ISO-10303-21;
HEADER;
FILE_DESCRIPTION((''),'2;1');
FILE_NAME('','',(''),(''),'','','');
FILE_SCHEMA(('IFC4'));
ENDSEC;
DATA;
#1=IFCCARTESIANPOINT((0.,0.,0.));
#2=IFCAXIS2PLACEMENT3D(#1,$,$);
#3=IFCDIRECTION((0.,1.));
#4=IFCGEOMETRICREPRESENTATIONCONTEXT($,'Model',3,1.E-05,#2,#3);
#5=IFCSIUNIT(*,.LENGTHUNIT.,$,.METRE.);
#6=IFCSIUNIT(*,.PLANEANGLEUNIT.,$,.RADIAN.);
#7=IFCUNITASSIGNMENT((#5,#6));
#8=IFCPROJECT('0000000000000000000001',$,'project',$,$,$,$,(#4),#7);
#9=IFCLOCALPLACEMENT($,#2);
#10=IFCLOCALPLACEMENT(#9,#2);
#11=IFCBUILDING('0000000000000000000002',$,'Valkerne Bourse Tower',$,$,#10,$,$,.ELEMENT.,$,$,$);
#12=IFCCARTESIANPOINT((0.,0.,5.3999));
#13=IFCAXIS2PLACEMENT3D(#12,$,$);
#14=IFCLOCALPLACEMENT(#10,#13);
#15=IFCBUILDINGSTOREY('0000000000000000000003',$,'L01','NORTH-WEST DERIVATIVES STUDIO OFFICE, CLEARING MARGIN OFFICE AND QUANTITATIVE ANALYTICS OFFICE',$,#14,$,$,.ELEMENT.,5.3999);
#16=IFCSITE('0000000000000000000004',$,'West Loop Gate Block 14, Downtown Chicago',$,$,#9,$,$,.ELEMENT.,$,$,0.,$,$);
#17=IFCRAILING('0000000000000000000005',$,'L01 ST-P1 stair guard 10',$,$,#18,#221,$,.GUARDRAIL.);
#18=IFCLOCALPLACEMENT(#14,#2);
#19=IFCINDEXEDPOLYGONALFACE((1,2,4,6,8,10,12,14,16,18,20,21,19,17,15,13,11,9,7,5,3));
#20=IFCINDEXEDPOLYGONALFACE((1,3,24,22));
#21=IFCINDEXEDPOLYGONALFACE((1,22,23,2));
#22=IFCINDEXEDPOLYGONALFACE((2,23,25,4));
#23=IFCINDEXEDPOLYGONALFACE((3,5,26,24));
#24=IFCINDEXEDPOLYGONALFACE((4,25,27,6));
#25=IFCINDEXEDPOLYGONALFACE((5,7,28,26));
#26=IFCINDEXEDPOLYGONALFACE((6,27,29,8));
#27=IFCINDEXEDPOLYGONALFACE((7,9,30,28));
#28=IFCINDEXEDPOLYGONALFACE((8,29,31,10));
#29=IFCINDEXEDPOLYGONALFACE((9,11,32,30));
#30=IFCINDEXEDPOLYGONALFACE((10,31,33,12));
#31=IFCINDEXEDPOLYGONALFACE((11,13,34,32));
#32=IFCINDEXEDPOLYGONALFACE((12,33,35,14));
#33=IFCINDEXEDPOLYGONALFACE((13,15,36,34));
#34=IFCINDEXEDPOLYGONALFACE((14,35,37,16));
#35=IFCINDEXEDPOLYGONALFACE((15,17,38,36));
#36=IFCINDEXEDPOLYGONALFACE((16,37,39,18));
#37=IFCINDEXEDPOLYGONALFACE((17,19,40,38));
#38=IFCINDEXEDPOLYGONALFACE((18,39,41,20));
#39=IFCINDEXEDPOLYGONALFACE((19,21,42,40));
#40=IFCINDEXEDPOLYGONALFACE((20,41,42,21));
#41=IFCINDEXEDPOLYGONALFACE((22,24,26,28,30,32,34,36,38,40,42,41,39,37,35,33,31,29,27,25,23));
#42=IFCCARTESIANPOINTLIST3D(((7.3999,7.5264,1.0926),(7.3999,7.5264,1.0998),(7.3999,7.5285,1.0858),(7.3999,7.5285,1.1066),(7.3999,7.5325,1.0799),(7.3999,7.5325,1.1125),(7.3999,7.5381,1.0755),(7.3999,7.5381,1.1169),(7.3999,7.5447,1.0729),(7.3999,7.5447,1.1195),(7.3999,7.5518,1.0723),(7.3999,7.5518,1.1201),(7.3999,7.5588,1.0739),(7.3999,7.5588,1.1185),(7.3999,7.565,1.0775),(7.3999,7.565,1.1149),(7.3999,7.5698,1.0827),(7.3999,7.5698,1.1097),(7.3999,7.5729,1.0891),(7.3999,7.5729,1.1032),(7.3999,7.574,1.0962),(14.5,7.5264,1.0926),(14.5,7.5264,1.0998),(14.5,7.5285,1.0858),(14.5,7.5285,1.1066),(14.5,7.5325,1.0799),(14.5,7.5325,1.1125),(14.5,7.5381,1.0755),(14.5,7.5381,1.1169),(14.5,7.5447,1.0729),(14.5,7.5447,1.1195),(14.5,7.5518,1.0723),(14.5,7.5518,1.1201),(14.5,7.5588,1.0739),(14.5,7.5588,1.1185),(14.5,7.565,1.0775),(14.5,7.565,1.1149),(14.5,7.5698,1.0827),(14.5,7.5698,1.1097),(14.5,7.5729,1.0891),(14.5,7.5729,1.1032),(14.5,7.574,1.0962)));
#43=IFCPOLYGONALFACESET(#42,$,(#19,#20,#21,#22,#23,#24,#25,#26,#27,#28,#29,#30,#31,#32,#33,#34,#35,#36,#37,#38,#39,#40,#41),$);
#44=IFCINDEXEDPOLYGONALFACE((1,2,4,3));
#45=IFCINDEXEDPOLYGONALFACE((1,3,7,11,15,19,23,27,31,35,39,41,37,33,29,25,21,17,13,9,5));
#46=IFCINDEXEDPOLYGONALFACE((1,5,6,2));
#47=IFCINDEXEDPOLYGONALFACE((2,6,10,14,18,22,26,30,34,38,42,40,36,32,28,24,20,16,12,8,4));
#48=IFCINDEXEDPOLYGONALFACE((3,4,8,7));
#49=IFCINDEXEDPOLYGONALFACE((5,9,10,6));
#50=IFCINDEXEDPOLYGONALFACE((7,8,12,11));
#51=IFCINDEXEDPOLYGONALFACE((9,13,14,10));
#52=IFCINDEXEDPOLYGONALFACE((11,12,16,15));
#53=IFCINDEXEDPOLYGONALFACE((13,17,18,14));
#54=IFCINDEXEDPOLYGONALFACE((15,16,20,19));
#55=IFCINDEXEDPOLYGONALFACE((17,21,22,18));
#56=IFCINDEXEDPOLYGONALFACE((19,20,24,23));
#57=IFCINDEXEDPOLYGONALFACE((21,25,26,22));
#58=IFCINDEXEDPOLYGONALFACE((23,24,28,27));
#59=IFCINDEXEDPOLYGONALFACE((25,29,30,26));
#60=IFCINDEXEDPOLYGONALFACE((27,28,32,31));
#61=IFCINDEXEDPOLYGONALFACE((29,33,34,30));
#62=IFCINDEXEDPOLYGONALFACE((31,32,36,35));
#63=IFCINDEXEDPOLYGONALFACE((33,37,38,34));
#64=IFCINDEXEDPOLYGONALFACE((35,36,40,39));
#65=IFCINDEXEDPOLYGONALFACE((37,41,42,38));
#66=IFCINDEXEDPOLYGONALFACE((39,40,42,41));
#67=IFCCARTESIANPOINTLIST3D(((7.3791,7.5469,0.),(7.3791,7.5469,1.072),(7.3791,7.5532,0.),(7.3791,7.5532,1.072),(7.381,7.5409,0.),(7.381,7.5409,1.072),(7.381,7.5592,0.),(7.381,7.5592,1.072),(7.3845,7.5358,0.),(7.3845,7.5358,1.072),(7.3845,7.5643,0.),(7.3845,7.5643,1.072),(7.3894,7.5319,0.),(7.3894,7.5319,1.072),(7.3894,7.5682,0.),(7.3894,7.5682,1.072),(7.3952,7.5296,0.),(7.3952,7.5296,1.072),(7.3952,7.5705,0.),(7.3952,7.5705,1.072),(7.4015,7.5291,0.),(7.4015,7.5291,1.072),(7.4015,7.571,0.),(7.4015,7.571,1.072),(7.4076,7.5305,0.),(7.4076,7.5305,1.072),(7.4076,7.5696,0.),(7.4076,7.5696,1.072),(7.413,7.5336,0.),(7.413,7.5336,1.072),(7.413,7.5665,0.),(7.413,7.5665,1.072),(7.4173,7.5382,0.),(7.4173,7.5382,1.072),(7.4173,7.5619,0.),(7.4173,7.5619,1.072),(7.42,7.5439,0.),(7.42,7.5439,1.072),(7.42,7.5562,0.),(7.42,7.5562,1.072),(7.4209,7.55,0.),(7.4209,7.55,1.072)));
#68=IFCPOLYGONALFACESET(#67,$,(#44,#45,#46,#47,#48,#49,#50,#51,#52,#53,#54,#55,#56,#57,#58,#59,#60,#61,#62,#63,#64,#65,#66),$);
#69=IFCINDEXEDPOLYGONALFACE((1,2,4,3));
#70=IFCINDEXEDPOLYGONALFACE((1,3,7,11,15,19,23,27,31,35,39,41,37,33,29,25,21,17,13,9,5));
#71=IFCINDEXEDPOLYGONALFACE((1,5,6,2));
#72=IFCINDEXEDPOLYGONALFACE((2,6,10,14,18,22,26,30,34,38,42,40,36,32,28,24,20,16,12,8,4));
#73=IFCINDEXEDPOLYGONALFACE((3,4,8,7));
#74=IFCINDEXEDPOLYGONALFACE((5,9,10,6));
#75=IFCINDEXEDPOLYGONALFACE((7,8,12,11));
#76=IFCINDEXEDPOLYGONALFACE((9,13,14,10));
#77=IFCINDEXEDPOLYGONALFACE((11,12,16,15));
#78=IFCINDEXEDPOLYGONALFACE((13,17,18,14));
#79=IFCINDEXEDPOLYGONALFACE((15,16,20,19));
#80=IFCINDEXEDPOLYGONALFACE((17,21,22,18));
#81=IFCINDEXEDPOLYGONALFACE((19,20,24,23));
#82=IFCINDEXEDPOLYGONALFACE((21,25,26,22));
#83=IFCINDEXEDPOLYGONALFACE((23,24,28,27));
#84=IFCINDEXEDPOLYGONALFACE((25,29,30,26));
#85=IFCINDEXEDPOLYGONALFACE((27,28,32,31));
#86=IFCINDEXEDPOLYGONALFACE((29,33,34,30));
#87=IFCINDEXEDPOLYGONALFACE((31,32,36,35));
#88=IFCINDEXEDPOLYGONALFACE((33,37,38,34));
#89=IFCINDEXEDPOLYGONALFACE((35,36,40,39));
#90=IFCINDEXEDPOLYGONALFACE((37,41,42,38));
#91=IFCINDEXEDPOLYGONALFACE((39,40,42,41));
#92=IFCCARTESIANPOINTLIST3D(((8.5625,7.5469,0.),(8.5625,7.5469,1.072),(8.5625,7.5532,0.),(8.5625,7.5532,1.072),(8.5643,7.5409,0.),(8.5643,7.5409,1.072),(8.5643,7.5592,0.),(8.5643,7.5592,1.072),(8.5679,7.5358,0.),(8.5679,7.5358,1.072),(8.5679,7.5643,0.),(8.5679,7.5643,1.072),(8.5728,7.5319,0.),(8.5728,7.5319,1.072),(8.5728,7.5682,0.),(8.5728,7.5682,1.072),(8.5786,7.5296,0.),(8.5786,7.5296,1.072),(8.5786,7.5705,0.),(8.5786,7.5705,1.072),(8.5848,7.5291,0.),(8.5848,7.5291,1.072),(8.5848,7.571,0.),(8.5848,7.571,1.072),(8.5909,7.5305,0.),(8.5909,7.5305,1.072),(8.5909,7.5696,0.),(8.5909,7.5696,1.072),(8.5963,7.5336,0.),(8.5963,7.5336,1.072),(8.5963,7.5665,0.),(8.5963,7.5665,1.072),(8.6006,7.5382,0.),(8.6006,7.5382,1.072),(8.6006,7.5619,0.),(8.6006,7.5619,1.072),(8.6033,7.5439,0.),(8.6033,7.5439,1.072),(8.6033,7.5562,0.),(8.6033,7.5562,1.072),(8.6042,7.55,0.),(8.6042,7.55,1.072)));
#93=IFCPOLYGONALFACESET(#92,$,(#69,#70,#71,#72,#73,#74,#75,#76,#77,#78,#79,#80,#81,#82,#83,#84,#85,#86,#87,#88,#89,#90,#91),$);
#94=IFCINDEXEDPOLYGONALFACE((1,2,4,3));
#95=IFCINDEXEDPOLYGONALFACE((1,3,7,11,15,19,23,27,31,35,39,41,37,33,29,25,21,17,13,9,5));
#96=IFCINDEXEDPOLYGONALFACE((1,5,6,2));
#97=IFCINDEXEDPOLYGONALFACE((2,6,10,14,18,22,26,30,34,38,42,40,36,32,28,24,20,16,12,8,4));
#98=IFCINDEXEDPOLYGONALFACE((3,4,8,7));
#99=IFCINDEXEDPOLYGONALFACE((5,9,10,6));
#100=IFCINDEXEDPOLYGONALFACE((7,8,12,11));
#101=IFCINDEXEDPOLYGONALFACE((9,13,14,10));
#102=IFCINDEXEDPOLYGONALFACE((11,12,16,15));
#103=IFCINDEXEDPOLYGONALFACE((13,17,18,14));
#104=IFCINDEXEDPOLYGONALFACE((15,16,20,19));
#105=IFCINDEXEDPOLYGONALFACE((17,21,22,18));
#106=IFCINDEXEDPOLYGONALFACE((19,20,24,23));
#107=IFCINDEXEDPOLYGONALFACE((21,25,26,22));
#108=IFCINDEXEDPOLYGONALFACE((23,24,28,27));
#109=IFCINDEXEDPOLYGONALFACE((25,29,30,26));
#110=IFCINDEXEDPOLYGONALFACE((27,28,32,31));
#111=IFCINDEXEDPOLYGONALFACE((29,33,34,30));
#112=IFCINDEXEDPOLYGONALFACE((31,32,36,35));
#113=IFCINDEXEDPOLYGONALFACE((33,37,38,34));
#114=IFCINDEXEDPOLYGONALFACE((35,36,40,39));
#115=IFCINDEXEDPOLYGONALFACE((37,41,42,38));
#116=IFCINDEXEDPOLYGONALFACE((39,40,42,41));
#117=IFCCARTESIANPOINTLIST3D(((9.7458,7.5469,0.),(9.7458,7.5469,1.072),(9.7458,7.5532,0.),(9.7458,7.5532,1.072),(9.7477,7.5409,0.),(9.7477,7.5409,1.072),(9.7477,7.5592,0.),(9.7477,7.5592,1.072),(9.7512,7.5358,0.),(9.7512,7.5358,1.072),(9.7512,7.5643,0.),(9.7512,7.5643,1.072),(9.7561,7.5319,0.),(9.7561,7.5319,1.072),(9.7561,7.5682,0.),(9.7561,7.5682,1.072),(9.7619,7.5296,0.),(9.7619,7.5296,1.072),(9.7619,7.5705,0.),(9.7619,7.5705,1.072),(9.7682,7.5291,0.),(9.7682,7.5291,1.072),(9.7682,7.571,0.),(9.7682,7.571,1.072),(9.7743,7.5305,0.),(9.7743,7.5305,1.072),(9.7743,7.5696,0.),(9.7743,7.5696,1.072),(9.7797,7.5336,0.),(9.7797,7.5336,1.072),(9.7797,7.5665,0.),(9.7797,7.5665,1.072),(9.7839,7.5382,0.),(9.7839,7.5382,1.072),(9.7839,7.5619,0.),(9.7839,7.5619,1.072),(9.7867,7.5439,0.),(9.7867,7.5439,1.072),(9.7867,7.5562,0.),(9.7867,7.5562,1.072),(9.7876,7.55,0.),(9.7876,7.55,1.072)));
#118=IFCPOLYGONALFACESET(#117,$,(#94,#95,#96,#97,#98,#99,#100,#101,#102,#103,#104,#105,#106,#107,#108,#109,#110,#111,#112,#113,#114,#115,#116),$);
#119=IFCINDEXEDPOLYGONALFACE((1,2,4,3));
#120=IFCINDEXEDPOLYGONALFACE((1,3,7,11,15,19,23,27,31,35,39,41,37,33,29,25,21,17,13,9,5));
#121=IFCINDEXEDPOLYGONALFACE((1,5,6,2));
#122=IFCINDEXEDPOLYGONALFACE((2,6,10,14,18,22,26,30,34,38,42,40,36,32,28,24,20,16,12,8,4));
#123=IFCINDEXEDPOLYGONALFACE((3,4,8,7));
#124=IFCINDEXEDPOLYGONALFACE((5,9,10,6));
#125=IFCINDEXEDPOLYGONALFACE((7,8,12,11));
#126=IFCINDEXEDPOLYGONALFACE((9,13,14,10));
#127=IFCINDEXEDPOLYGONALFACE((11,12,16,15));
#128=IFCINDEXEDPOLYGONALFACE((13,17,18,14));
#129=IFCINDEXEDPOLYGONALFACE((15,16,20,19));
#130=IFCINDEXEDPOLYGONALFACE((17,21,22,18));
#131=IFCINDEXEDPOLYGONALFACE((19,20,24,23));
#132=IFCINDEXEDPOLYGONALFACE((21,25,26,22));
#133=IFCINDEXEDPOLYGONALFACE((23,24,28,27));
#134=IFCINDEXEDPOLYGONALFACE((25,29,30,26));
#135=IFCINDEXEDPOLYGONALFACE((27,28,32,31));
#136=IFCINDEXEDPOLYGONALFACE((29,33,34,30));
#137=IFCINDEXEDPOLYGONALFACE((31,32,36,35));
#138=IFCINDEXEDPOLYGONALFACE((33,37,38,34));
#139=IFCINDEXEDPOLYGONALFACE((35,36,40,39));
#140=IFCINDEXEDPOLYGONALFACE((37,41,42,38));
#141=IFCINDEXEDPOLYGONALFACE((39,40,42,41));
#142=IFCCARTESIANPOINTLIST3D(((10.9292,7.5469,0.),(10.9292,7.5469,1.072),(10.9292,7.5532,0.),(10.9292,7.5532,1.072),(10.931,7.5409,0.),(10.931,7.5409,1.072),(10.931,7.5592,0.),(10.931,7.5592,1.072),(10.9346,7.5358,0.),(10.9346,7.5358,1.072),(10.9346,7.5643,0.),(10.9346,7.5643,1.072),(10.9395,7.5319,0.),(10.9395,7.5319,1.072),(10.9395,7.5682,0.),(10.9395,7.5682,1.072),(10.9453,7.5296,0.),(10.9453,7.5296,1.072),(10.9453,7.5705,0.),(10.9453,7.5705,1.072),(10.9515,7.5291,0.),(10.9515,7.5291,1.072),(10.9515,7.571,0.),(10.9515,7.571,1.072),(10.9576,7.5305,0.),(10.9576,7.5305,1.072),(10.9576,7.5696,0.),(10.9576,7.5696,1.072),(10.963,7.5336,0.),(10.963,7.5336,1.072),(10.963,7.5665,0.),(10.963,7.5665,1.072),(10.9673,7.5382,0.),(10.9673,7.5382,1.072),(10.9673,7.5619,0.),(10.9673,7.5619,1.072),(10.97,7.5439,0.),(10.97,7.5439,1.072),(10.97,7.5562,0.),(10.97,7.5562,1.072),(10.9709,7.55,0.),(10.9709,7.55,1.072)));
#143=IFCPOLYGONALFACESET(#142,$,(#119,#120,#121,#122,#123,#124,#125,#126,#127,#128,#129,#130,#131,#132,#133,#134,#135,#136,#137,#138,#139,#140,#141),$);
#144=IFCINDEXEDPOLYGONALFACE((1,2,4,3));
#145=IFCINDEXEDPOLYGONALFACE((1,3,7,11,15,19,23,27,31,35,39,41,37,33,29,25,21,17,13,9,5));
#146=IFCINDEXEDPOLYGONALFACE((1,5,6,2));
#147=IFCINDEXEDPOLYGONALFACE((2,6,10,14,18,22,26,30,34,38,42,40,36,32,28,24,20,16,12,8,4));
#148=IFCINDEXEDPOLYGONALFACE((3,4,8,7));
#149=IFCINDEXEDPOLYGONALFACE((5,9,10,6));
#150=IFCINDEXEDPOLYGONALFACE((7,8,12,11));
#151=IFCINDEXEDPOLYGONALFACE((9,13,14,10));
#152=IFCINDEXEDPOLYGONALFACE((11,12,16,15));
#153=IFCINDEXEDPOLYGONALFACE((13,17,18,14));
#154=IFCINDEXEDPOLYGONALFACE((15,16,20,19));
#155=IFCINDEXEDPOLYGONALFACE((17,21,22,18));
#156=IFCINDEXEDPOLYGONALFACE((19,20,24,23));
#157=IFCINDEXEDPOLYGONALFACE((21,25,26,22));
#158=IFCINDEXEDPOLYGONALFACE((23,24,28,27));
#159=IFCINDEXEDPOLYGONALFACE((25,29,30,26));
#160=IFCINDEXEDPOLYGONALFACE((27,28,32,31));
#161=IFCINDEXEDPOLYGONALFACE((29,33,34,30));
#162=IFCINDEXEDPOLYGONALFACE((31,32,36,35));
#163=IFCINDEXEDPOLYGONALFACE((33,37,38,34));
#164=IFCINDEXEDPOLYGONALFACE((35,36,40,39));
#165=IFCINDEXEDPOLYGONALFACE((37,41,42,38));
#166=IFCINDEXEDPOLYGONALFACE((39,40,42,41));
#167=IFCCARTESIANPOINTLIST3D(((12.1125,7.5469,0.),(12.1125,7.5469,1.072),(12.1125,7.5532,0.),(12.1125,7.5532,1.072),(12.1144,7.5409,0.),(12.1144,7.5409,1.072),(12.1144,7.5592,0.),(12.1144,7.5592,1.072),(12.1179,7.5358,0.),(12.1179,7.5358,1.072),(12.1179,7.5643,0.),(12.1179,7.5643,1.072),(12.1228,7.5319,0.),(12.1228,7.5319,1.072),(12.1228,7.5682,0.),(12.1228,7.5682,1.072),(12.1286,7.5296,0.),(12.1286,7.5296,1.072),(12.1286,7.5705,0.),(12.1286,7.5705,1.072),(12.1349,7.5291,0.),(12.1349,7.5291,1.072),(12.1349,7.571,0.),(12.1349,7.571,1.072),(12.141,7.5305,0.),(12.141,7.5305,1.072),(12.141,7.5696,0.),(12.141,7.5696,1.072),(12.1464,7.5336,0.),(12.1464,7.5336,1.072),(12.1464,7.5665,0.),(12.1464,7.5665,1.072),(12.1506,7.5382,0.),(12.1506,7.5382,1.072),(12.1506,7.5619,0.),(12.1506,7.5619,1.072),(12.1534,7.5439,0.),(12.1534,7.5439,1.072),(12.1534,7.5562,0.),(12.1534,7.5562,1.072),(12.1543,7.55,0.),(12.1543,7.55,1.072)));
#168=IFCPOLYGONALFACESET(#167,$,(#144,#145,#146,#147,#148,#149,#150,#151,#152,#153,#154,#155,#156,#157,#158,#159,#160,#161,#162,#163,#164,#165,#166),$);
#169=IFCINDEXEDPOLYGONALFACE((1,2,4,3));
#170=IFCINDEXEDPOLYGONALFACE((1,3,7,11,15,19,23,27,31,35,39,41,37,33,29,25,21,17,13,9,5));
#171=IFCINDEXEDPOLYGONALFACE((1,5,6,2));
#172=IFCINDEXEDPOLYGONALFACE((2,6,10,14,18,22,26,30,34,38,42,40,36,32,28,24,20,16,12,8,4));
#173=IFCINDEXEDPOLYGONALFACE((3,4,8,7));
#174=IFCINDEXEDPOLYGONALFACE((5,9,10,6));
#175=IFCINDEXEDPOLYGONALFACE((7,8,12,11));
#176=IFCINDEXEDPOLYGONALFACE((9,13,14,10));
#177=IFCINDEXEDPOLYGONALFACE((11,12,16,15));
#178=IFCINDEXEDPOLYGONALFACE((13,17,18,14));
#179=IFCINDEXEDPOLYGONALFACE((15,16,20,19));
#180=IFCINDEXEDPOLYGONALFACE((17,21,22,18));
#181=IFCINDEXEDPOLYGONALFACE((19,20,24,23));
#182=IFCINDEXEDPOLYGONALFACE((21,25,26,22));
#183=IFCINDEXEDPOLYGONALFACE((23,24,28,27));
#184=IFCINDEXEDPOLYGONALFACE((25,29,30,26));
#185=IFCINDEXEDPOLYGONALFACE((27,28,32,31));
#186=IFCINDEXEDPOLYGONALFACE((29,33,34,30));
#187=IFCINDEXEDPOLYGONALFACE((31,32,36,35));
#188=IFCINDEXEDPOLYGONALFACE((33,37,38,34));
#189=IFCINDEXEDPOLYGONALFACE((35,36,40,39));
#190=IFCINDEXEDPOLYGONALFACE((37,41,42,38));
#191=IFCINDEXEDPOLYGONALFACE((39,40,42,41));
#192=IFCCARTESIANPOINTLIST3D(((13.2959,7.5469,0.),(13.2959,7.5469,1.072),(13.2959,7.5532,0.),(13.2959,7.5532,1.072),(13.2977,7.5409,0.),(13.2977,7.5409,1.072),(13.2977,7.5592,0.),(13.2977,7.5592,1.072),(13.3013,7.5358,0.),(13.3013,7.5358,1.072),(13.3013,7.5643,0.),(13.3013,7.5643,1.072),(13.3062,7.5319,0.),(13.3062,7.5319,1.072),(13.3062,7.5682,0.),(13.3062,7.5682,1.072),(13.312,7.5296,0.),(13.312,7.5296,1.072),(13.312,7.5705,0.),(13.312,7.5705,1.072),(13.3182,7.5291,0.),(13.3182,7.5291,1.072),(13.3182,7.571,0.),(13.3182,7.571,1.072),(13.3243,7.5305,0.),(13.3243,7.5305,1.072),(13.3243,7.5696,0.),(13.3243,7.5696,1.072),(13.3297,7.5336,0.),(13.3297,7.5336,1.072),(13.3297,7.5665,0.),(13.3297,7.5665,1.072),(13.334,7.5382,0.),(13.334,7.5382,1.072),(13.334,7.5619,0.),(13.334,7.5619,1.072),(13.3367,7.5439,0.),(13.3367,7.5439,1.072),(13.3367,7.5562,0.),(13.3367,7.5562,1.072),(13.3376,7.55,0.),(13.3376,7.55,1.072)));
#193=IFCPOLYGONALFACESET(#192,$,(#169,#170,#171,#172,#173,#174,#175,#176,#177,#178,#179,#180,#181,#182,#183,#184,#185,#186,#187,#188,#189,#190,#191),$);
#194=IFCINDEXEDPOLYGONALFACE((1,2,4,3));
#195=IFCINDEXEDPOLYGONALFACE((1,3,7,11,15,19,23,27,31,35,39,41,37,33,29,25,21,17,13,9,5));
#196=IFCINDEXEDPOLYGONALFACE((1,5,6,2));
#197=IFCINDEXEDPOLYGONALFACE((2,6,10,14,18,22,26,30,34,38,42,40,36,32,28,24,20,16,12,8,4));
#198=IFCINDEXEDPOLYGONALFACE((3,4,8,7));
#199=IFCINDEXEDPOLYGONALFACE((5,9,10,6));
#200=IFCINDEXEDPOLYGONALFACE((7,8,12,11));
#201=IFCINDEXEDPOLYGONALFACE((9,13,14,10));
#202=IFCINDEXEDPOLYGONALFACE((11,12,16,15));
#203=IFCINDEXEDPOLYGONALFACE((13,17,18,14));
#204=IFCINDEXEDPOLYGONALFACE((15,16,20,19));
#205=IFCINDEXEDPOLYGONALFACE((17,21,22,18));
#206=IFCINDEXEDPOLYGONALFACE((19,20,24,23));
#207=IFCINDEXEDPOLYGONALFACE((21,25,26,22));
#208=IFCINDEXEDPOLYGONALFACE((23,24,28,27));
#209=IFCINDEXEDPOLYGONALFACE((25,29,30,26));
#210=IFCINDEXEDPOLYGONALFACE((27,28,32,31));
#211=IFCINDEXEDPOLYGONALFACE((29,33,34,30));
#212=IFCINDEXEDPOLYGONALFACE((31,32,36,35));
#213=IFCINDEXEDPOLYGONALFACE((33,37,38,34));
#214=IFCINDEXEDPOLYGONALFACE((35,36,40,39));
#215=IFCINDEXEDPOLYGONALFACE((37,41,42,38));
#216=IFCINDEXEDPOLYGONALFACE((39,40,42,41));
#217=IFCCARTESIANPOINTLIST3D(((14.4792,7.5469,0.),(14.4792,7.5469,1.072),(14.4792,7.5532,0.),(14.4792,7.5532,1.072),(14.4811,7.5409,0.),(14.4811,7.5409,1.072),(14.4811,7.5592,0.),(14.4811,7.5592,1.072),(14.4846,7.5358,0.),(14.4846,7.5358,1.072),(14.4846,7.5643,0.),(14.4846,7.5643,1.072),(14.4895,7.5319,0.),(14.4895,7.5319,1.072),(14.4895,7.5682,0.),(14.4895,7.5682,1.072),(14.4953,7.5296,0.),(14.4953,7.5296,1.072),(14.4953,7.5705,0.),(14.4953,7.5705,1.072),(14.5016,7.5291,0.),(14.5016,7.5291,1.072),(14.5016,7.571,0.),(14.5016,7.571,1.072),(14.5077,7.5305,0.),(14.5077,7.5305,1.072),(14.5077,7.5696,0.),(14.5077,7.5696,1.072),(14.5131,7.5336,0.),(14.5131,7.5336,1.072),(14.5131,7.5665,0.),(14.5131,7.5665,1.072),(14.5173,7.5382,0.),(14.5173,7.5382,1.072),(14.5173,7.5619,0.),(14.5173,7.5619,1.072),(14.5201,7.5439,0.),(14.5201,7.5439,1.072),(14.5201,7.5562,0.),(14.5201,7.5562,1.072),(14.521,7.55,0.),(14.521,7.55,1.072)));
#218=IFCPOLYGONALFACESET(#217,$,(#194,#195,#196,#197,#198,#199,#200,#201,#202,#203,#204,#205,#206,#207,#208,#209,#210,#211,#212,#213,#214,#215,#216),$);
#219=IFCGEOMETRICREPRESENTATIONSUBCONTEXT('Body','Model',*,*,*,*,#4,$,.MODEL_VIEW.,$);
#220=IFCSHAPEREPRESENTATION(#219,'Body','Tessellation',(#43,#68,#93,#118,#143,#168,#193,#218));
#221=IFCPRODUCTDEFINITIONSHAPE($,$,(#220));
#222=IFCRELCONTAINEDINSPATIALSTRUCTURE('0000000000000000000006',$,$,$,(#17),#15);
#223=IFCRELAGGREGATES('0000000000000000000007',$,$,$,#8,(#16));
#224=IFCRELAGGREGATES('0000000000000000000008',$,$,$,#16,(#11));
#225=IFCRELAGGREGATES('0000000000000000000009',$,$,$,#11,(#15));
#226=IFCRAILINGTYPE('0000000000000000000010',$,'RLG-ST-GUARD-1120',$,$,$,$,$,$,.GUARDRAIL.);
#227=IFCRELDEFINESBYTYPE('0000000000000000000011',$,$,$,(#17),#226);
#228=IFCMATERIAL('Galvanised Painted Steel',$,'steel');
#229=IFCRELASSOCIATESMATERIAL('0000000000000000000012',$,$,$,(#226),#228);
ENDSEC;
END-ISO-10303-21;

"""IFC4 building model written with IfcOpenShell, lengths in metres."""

from ifc_helpers import new_model, si_unit, direction, frame, origin, origin_2d, place, context, subcontext, project, spatial, circle, extrude, material, type_object, element, save


model = new_model("IFC4")

# Units and contexts
model_context = context("Model", 3, precision=1e-05, world=origin(), true_north=direction((0.0, 1.0)))
body_context = subcontext(model_context, "Body", "Model", "MODEL_VIEW")
ifc_project = project(units=[si_unit("LENGTHUNIT", "METRE"), si_unit("PLANEANGLEUNIT", "RADIAN")], contexts=[model_context])

# Site, building, storey
site_placement = place(None, origin())
site = spatial("IfcSite", under=ifc_project, at=site_placement, Name="West Loop Gate Block 14, Downtown Chicago", CompositionType="ELEMENT", RefElevation=0.0)
building_placement = place(site_placement, origin())
building = spatial("IfcBuilding", under=site, at=building_placement, Name="Valkerne Bourse Tower", CompositionType="ELEMENT")
storey_placement = place(building_placement, frame((0.0, 0.0, 5.3999)))
storey = spatial("IfcBuildingStorey", under=building, at=storey_placement, Name="L01", Description="NORTH-WEST DERIVATIVES STUDIO OFFICE, CLEARING MARGIN OFFICE AND QUANTITATIVE ANALYTICS OFFICE", CompositionType="ELEMENT", Elevation=5.3999)

# Railing
ifc_material_1 = material(Name="Galvanised Painted Steel", Category="steel")
railing_type_1 = type_object("IfcRailingType", Name="RLG-ST-GUARD-1120", PredefinedType="GUARDRAIL", material=ifc_material_1)
railing_1_placement = place(storey_placement, frame((7.3999, 7.55, 0.0)))
element("IfcRailing", 1, at=railing_1_placement, inside=storey, type_object=railing_type_1, Name="L01 ST-P1 stair guard 10", PredefinedType="GUARDRAIL", context=body_context, shape_type="SweptSolid", body=[
    extrude(circle(Radius=0.0239, at=origin_2d()), frame((0.0, 0.0, 1.0962), z_axis=(1.0, 0.0, 0.0), x_axis=(0.0, 1.0, 0.0)), (0.0, 0.0, 1.0), 7.1001),
    extrude(circle(Radius=0.021, at=origin_2d()), origin(), (0.0, 0.0, 1.0), 1.072),
    extrude(circle(Radius=0.021, at=origin_2d()), frame((1.1833, 0.0, 0.0)), (0.0, 0.0, 1.0), 1.072),
    extrude(circle(Radius=0.021, at=origin_2d()), frame((2.3667, 0.0, 0.0)), (0.0, 0.0, 1.0), 1.072),
    extrude(circle(Radius=0.021, at=origin_2d()), frame((3.55, 0.0, 0.0)), (0.0, 0.0, 1.0), 1.072),
    extrude(circle(Radius=0.021, at=origin_2d()), frame((4.7334, 0.0, 0.0)), (0.0, 0.0, 1.0), 1.072),
    extrude(circle(Radius=0.021, at=origin_2d()), frame((5.9167, 0.0, 0.0)), (0.0, 0.0, 1.0), 1.072),
    extrude(circle(Radius=0.021, at=origin_2d()), frame((7.1001, 0.0, 0.0)), (0.0, 0.0, 1.0), 1.072),
])

save(model, "model.ifc")
